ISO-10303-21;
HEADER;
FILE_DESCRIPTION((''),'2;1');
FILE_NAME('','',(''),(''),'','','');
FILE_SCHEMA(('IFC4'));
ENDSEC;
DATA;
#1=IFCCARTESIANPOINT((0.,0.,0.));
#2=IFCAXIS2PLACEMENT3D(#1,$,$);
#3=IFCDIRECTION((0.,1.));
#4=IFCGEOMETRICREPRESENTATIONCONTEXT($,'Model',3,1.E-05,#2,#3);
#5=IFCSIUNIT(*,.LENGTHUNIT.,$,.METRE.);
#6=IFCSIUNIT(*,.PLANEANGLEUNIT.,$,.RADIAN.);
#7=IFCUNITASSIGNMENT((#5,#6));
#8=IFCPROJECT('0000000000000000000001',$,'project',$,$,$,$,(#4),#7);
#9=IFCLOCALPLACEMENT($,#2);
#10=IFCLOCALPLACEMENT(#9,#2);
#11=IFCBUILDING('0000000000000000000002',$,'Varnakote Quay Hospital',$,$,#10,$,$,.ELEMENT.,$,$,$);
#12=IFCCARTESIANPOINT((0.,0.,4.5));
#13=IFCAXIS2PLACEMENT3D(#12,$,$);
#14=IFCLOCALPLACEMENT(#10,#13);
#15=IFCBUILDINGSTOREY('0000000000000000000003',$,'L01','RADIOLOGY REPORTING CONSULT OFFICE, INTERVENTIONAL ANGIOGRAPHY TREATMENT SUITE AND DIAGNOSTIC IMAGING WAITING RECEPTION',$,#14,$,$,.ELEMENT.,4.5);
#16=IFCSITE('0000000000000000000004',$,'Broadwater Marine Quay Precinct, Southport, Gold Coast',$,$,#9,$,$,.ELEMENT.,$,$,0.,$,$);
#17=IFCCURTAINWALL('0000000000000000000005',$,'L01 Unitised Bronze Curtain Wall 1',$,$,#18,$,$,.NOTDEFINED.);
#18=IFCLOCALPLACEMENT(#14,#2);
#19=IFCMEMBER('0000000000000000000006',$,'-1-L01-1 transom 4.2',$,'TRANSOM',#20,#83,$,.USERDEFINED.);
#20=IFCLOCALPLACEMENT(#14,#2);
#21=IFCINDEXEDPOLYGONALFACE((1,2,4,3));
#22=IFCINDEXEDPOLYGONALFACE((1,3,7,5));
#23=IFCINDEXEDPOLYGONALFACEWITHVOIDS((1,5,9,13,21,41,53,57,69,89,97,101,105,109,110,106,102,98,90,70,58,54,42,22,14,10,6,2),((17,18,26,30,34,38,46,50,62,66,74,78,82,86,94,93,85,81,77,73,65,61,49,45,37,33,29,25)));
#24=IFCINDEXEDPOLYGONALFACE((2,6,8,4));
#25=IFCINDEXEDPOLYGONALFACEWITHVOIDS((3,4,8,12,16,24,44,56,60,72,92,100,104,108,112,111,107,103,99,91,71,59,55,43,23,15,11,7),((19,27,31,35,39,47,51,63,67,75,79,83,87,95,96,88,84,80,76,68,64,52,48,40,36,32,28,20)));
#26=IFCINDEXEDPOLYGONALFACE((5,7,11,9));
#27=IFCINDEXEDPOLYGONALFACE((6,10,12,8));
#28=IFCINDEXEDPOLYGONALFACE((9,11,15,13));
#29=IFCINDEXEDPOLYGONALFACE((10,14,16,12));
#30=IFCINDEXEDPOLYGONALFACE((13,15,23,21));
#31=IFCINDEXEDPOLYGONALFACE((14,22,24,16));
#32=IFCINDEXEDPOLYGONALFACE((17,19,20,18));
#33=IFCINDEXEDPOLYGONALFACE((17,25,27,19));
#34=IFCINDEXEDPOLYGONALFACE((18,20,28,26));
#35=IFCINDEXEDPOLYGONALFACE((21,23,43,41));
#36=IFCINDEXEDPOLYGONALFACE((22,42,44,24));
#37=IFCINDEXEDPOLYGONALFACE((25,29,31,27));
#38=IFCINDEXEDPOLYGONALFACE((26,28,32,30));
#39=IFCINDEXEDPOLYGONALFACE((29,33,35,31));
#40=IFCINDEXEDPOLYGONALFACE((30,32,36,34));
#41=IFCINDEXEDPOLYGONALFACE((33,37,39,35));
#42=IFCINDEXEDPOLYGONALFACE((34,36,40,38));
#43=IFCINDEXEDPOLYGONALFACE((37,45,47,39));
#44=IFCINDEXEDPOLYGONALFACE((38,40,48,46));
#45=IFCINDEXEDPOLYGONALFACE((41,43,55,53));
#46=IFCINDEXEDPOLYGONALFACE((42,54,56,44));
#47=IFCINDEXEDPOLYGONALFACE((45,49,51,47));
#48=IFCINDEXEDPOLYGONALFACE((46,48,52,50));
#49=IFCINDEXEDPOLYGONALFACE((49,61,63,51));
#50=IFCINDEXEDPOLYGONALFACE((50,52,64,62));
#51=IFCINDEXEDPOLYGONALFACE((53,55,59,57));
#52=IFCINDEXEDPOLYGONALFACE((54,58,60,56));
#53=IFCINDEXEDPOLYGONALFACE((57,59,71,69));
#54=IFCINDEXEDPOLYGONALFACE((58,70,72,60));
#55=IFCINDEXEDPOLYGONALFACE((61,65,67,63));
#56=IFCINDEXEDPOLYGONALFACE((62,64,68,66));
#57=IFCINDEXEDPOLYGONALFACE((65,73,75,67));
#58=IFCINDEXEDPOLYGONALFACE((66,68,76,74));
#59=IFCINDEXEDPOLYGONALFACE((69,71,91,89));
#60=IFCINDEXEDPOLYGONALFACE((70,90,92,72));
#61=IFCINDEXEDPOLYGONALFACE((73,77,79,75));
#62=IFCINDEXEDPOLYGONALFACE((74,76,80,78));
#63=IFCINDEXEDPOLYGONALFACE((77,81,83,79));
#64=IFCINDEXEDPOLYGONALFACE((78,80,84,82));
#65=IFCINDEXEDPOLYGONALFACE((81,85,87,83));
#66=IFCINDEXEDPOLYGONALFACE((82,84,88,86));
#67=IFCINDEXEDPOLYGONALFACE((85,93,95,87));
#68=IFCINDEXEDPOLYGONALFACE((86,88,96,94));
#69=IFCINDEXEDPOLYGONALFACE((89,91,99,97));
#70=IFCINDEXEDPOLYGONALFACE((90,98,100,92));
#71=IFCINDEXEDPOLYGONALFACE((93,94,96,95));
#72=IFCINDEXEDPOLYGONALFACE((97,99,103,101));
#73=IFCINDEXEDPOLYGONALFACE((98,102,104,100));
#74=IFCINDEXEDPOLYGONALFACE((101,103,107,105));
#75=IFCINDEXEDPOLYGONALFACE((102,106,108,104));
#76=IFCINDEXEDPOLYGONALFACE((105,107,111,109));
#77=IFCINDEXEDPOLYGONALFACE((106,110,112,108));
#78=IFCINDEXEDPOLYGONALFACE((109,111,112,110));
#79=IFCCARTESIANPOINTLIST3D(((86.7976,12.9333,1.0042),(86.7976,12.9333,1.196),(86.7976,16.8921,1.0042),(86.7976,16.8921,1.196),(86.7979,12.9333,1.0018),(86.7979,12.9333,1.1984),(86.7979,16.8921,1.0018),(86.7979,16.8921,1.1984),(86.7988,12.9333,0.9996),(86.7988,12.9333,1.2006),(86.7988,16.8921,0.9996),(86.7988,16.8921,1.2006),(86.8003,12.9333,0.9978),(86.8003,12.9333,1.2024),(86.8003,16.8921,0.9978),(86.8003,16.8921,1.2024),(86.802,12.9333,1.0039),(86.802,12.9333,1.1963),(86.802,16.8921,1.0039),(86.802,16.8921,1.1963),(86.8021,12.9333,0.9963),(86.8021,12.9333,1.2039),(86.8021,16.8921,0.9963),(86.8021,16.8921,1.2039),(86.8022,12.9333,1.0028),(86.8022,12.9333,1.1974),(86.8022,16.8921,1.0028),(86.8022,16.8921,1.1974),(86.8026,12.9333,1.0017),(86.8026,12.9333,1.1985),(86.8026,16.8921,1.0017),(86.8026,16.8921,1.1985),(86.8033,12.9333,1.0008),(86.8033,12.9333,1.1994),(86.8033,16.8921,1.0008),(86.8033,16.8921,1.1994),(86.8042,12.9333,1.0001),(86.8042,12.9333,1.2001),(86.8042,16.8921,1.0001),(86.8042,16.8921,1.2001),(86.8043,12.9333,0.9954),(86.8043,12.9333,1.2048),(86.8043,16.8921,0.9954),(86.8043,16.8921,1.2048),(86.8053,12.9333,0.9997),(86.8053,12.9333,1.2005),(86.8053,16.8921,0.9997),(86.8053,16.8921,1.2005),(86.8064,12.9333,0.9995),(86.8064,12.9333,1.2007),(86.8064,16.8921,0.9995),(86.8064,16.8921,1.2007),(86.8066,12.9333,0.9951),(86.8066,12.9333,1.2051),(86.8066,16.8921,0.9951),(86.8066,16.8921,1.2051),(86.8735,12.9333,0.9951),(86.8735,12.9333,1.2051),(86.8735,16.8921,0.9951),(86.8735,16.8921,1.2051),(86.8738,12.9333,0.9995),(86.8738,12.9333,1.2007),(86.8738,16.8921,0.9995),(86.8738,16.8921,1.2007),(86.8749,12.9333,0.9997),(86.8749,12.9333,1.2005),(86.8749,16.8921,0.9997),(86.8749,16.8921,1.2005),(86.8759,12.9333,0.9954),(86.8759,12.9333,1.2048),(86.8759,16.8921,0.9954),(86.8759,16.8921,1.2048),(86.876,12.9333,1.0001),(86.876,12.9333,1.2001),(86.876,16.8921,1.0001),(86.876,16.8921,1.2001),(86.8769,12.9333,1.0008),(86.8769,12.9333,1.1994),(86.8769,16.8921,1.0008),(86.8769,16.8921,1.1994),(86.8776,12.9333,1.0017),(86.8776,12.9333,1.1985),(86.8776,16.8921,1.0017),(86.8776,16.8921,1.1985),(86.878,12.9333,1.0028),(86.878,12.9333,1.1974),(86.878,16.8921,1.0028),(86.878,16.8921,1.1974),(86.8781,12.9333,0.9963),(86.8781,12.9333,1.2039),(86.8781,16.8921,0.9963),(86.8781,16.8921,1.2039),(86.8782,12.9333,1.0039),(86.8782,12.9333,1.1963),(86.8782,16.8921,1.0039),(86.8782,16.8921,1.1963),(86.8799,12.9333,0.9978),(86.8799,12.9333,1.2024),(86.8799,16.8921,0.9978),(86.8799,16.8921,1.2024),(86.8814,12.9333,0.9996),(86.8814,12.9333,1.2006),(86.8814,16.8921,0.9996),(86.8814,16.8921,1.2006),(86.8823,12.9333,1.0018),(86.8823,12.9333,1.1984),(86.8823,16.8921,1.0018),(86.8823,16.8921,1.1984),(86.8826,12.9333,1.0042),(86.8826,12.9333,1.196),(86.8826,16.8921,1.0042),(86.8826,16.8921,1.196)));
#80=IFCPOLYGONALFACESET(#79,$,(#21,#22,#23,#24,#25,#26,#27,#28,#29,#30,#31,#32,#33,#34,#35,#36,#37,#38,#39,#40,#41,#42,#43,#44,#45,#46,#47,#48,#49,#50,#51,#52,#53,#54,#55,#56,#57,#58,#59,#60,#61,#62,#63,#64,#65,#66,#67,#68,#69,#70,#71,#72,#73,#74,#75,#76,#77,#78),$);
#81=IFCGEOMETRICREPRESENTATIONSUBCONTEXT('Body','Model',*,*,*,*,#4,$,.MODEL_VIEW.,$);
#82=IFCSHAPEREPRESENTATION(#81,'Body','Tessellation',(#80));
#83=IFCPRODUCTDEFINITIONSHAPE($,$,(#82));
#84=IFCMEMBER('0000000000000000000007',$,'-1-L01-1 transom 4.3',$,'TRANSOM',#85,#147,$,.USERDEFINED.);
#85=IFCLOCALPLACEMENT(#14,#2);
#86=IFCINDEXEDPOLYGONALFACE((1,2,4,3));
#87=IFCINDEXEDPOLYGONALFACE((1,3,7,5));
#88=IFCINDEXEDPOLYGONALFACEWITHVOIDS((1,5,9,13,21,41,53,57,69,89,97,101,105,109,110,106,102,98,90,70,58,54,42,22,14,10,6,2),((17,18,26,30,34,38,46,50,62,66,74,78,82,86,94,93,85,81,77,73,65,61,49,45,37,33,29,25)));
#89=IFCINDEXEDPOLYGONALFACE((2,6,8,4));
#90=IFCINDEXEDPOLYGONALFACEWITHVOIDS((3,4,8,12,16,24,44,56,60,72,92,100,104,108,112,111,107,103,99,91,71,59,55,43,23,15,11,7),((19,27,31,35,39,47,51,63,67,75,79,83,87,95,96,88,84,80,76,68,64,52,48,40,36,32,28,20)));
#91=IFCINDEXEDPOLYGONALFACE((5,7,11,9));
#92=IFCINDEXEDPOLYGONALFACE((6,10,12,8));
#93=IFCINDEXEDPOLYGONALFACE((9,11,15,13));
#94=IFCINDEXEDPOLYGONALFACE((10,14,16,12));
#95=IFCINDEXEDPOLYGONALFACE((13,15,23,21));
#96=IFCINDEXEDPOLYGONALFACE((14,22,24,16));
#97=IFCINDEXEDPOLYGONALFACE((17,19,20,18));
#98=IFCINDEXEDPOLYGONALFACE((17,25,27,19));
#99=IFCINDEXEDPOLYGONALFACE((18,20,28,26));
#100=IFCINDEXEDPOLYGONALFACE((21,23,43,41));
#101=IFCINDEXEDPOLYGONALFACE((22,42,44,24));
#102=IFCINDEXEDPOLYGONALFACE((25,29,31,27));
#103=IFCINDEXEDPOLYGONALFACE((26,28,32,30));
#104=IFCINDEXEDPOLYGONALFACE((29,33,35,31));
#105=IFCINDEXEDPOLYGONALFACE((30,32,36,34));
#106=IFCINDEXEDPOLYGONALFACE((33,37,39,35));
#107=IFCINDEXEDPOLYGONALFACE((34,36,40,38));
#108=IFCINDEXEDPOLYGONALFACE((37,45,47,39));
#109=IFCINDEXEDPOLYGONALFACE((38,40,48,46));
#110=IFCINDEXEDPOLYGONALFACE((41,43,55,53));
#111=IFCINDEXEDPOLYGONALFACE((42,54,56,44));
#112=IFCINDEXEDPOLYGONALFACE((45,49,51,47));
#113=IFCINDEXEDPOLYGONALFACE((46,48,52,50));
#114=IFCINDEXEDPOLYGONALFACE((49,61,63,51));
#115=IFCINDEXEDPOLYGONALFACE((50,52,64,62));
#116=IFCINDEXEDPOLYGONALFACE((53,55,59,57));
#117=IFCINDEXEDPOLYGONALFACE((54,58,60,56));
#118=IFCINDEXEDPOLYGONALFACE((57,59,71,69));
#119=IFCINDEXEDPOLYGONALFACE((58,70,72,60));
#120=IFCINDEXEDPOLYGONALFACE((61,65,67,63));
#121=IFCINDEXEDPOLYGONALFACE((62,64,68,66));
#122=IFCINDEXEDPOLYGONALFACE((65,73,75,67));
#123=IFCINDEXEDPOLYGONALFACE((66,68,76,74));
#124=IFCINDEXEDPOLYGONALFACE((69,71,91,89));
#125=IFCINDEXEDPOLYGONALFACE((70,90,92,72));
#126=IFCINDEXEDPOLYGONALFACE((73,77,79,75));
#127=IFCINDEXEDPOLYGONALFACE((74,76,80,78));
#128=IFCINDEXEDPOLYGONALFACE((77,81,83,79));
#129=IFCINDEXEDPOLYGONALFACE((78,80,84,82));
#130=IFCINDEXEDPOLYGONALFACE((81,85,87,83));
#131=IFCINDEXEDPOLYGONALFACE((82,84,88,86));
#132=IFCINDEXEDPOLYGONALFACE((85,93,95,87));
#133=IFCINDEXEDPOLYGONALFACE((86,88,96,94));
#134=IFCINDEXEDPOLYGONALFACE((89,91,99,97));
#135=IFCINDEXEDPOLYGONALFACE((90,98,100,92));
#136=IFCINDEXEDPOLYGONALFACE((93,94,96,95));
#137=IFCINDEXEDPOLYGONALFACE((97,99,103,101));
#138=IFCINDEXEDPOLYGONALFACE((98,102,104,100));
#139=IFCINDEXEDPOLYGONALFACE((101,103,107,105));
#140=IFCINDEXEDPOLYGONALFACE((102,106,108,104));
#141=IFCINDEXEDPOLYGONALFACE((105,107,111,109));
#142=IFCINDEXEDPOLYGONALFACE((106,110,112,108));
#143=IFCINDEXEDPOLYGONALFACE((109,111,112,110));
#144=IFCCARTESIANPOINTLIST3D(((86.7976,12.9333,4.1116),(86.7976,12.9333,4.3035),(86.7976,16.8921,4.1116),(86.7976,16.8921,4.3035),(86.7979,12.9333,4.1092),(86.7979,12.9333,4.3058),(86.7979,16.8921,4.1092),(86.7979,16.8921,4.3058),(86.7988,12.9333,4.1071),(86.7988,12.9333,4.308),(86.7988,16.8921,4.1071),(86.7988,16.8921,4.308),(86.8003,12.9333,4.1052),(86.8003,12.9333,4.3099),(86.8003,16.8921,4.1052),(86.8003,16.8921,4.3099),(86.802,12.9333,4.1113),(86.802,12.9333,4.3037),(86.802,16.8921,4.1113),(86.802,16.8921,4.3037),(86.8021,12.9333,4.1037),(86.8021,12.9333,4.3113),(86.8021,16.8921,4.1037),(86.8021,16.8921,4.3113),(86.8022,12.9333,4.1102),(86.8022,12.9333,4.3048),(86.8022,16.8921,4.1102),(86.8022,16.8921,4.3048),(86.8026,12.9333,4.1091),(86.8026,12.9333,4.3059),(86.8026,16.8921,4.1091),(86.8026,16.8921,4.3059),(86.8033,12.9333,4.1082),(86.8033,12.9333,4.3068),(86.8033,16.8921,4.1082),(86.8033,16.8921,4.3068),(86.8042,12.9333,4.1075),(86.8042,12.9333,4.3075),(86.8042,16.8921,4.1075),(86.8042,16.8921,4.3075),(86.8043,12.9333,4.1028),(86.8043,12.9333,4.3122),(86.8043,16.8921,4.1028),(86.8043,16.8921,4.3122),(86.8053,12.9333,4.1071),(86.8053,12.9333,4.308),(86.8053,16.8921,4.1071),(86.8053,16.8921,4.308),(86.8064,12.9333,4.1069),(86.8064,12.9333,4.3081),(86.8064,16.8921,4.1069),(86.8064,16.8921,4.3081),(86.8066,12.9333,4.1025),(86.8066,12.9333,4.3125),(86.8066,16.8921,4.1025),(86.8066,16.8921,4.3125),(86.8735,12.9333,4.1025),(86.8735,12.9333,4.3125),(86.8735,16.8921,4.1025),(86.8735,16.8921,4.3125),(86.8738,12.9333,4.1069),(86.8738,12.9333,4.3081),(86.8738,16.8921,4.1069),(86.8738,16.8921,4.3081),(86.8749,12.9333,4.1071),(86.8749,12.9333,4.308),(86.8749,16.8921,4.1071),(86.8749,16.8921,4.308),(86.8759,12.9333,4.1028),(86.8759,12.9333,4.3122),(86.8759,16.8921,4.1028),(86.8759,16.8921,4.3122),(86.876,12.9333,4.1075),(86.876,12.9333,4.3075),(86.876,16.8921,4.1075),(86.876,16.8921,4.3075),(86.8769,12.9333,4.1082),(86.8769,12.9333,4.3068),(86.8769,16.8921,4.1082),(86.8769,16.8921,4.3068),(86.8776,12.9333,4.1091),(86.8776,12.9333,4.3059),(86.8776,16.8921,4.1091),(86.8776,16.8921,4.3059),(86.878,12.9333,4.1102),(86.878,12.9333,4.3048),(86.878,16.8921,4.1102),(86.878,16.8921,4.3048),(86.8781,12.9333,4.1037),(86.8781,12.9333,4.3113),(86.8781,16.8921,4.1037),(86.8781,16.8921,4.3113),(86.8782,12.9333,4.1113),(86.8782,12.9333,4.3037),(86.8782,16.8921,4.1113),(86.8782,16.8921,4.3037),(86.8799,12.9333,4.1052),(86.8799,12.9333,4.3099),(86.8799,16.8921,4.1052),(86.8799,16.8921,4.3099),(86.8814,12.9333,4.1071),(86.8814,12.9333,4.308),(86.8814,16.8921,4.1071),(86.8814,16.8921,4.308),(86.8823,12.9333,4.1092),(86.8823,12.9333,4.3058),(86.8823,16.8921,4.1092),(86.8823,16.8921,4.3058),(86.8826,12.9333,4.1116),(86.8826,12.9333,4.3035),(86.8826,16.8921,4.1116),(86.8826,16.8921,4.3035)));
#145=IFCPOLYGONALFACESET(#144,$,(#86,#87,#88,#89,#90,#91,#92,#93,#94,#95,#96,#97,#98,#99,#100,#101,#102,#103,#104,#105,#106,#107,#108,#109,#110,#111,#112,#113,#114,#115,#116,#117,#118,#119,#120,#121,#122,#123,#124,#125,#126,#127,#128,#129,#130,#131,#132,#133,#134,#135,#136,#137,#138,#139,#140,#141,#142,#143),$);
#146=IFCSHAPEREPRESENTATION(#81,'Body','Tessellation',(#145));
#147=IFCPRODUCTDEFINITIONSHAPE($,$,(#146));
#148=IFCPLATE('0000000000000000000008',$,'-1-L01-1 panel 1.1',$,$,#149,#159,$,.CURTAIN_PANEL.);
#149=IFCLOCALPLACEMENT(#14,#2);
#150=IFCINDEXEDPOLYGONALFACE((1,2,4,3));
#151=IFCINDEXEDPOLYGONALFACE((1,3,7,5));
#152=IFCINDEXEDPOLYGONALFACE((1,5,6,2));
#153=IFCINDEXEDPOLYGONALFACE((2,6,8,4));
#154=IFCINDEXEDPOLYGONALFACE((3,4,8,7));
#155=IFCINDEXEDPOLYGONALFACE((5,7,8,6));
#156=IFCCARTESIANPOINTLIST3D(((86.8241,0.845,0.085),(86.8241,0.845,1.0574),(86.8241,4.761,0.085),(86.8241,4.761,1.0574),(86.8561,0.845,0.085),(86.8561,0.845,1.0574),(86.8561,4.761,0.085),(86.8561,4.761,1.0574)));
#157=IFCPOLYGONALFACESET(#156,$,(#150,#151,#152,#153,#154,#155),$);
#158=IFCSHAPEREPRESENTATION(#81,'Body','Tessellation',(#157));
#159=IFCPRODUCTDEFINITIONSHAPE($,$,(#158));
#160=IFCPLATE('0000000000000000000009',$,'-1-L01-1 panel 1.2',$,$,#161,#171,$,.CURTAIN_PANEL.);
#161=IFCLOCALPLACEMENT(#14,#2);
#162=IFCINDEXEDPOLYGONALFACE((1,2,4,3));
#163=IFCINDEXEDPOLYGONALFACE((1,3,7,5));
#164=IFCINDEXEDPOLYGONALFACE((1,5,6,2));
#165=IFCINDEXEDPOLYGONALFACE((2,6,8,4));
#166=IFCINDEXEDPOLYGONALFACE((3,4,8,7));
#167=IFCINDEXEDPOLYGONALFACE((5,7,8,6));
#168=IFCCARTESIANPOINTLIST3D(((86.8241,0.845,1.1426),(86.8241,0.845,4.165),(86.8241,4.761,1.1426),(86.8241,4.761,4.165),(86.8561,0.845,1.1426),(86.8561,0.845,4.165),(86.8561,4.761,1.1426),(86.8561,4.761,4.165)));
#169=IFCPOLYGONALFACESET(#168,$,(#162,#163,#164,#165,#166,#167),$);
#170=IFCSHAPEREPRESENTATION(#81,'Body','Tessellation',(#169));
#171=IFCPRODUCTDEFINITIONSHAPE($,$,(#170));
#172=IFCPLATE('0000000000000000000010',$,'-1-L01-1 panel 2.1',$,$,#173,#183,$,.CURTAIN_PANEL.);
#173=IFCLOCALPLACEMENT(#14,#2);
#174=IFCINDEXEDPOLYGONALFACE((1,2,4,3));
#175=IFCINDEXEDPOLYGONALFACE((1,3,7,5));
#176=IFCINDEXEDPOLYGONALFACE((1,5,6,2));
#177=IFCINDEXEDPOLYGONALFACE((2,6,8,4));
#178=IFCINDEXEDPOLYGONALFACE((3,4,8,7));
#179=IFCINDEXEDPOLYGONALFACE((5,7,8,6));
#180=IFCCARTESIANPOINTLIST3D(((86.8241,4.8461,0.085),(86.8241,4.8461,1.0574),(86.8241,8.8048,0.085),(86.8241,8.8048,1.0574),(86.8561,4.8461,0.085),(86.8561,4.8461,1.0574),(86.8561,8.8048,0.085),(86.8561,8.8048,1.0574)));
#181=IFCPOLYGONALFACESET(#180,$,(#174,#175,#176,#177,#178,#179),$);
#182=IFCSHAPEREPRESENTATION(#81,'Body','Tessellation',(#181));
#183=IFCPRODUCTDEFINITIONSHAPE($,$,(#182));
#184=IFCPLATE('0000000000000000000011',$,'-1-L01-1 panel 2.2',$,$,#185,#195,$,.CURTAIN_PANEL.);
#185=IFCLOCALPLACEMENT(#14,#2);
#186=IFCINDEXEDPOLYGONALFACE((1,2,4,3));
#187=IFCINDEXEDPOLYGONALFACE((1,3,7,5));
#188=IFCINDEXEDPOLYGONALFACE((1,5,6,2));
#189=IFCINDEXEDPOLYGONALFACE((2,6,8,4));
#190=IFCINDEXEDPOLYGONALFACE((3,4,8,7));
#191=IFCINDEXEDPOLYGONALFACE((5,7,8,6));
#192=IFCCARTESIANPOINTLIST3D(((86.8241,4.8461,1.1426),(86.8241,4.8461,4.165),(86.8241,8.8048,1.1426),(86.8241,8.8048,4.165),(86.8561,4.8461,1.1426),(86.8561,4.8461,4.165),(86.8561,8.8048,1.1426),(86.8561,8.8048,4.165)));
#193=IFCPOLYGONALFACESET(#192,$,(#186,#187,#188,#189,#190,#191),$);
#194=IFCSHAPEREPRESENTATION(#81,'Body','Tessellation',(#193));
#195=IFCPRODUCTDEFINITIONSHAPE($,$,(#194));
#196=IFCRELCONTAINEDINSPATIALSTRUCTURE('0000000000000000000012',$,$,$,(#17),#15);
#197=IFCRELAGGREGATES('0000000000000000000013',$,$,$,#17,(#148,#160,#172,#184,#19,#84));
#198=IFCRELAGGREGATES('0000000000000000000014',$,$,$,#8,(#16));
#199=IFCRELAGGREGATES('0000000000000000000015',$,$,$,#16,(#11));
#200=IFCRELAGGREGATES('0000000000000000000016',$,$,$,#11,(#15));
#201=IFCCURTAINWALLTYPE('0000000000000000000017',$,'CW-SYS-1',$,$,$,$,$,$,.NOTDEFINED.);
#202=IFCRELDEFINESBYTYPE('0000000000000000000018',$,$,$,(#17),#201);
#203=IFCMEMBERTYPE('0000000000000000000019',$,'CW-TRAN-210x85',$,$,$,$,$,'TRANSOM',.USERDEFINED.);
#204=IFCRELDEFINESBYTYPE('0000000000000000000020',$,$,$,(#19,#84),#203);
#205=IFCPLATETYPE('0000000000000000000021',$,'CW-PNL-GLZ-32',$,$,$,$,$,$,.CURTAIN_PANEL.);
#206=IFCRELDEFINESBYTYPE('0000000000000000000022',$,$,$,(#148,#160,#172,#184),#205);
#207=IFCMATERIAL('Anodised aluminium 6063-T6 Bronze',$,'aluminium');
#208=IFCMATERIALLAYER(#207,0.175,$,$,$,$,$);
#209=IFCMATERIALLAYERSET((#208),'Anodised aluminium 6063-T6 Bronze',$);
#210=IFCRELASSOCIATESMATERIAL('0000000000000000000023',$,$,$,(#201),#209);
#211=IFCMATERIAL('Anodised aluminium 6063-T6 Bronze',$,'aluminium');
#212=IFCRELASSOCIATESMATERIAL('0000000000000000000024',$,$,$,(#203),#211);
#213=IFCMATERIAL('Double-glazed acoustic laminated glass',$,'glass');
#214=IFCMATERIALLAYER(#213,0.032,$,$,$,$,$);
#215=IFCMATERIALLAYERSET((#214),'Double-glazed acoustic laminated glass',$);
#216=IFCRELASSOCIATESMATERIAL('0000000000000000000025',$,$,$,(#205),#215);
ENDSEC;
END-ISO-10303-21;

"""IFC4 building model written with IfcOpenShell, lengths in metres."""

from ifc_helpers import new_model, si_unit, direction, frame, origin, origin_2d, place, context, subcontext, project, spatial, rectangle, hollow_rectangle, extrude, material, layer, layer_set, material_profile, profile_set, type_object, element, aggregate, save


model = new_model("IFC4")

# Units and contexts
model_context = context("Model", 3, precision=1e-05, world=origin(), true_north=direction((0.0, 1.0)))
body_context = subcontext(model_context, "Body", "Model", "MODEL_VIEW")
ifc_project = project(units=[si_unit("LENGTHUNIT", "METRE"), si_unit("PLANEANGLEUNIT", "RADIAN")], contexts=[model_context])

# Site, building, storey
site_placement = place(None, origin())
site = spatial("IfcSite", under=ifc_project, at=site_placement, Name="Broadwater Marine Quay Precinct, Southport, Gold Coast", CompositionType="ELEMENT", RefElevation=0.0)
building_placement = place(site_placement, origin())
building = spatial("IfcBuilding", under=site, at=building_placement, Name="Varnakote Quay Hospital", CompositionType="ELEMENT")
storey_placement = place(building_placement, frame((0.0, 0.0, 4.5)))
storey = spatial("IfcBuildingStorey", under=building, at=storey_placement, Name="L01", Description="RADIOLOGY REPORTING CONSULT OFFICE, INTERVENTIONAL ANGIOGRAPHY TREATMENT SUITE AND DIAGNOSTIC IMAGING WAITING RECEPTION", CompositionType="ELEMENT", Elevation=4.5)

# Curtain wall, members, plates
ifc_material_1 = material(Name="Anodised aluminium 6063-T6 Bronze", Category="aluminium")
ifc_layer_1 = layer(ifc_material_1, 0.175)
ifc_layer_set_1 = layer_set([ifc_layer_1], Name="Anodised aluminium 6063-T6 Bronze")
curtain_wall_type = type_object("IfcCurtainWallType", Name="CW-SYS-1", PredefinedType="NOTDEFINED", material=ifc_layer_set_1)
curtain_wall_placement = place(storey_placement, origin())
curtain_wall = element("IfcCurtainWall", 1, at=curtain_wall_placement, inside=storey, type_object=curtain_wall_type, Name="L01 Unitised Bronze Curtain Wall 1", PredefinedType="NOTDEFINED")
ifc_material_2 = material(Name="Anodised aluminium 6063-T6 Bronze", Category="aluminium")
ifc_material_profile_1 = material_profile(ifc_material_2, hollow_rectangle(XDim=0.085, YDim=0.21, WallThickness=0.0044, InnerFilletRadius=0.0044, OuterFilletRadius=0.009, at=origin_2d()), Name="CW-TRAN-210x85")
ifc_profile_set_1 = profile_set([ifc_material_profile_1], Name="Anodised aluminium 6063-T6 Bronze")
member_type_1 = type_object("IfcMemberType", Name="CW-TRAN-210x85", ElementType="TRANSOM", PredefinedType="USERDEFINED", material=ifc_profile_set_1)
member_1_placement = place(storey_placement, frame((86.8401, 12.9333, 1.1001), z_axis=(0.0, 1.0, 0.0), x_axis=(-1.0, 0.0, 0.0)))
member_1 = element("IfcMember", 2, at=member_1_placement, type_object=member_type_1, Name="-1-L01-1 transom 4.2", ObjectType="TRANSOM", PredefinedType="USERDEFINED", context=body_context, shape_type="SweptSolid", body=[
    extrude(hollow_rectangle(XDim=0.085, YDim=0.21, WallThickness=0.0044, InnerFilletRadius=0.0044, OuterFilletRadius=0.009, at=origin_2d()), origin(), (0.0, 0.0, 1.0), 3.9587),
])
member_2_placement = place(storey_placement, frame((86.8401, 12.9333, 4.2075), z_axis=(0.0, 1.0, 0.0), x_axis=(-1.0, 0.0, 0.0)))
member_2 = element("IfcMember", 3, at=member_2_placement, type_object=member_type_1, Name="-1-L01-1 transom 4.3", ObjectType="TRANSOM", PredefinedType="USERDEFINED", context=body_context, shape_type="SweptSolid", body=[
    extrude(hollow_rectangle(XDim=0.085, YDim=0.21, WallThickness=0.0044, InnerFilletRadius=0.0044, OuterFilletRadius=0.009, at=origin_2d()), origin(), (0.0, 0.0, 1.0), 3.9587),
])
ifc_material_3 = material(Name="Double-glazed acoustic laminated glass", Category="glass")
ifc_layer_2 = layer(ifc_material_3, 0.032)
ifc_layer_set_2 = layer_set([ifc_layer_2], Name="Double-glazed acoustic laminated glass")
plate_type = type_object("IfcPlateType", Name="CW-PNL-GLZ-32", PredefinedType="CURTAIN_PANEL", material=ifc_layer_set_2)
plate_1_placement = place(storey_placement, frame((86.8401, 2.803, 0.085), z_axis=(0.0, 0.0, 1.0), x_axis=(0.0, 1.0, 0.0)))
plate_1 = element("IfcPlate", 4, at=plate_1_placement, type_object=plate_type, Name="-1-L01-1 panel 1.1", PredefinedType="CURTAIN_PANEL", context=body_context, shape_type="SweptSolid", body=[
    extrude(rectangle(XDim=3.916, YDim=0.032, at=origin_2d()), origin(), (0.0, 0.0, 1.0), 0.9724),
])
plate_2_placement = place(storey_placement, frame((86.8401, 2.803, 1.1426), z_axis=(0.0, 0.0, 1.0), x_axis=(0.0, 1.0, 0.0)))
plate_2 = element("IfcPlate", 5, at=plate_2_placement, type_object=plate_type, Name="-1-L01-1 panel 1.2", PredefinedType="CURTAIN_PANEL", context=body_context, shape_type="SweptSolid", body=[
    extrude(rectangle(XDim=3.916, YDim=0.032, at=origin_2d()), origin(), (0.0, 0.0, 1.0), 3.0225),
])
plate_3_placement = place(storey_placement, frame((86.8401, 6.8254, 0.085), z_axis=(0.0, 0.0, 1.0), x_axis=(0.0, 1.0, 0.0)))
plate_3 = element("IfcPlate", 6, at=plate_3_placement, type_object=plate_type, Name="-1-L01-1 panel 2.1", PredefinedType="CURTAIN_PANEL", context=body_context, shape_type="SweptSolid", body=[
    extrude(rectangle(XDim=3.9587, YDim=0.032, at=origin_2d()), origin(), (0.0, 0.0, 1.0), 0.9724),
])
plate_4_placement = place(storey_placement, frame((86.8401, 6.8254, 1.1426), z_axis=(0.0, 0.0, 1.0), x_axis=(0.0, 1.0, 0.0)))
plate_4 = element("IfcPlate", 7, at=plate_4_placement, type_object=plate_type, Name="-1-L01-1 panel 2.2", PredefinedType="CURTAIN_PANEL", context=body_context, shape_type="SweptSolid", body=[
    extrude(rectangle(XDim=3.9587, YDim=0.032, at=origin_2d()), origin(), (0.0, 0.0, 1.0), 3.0225),
])
aggregate(curtain_wall, [plate_1, plate_2, plate_3, plate_4, member_1, member_2])

save(model, "model.ifc")
